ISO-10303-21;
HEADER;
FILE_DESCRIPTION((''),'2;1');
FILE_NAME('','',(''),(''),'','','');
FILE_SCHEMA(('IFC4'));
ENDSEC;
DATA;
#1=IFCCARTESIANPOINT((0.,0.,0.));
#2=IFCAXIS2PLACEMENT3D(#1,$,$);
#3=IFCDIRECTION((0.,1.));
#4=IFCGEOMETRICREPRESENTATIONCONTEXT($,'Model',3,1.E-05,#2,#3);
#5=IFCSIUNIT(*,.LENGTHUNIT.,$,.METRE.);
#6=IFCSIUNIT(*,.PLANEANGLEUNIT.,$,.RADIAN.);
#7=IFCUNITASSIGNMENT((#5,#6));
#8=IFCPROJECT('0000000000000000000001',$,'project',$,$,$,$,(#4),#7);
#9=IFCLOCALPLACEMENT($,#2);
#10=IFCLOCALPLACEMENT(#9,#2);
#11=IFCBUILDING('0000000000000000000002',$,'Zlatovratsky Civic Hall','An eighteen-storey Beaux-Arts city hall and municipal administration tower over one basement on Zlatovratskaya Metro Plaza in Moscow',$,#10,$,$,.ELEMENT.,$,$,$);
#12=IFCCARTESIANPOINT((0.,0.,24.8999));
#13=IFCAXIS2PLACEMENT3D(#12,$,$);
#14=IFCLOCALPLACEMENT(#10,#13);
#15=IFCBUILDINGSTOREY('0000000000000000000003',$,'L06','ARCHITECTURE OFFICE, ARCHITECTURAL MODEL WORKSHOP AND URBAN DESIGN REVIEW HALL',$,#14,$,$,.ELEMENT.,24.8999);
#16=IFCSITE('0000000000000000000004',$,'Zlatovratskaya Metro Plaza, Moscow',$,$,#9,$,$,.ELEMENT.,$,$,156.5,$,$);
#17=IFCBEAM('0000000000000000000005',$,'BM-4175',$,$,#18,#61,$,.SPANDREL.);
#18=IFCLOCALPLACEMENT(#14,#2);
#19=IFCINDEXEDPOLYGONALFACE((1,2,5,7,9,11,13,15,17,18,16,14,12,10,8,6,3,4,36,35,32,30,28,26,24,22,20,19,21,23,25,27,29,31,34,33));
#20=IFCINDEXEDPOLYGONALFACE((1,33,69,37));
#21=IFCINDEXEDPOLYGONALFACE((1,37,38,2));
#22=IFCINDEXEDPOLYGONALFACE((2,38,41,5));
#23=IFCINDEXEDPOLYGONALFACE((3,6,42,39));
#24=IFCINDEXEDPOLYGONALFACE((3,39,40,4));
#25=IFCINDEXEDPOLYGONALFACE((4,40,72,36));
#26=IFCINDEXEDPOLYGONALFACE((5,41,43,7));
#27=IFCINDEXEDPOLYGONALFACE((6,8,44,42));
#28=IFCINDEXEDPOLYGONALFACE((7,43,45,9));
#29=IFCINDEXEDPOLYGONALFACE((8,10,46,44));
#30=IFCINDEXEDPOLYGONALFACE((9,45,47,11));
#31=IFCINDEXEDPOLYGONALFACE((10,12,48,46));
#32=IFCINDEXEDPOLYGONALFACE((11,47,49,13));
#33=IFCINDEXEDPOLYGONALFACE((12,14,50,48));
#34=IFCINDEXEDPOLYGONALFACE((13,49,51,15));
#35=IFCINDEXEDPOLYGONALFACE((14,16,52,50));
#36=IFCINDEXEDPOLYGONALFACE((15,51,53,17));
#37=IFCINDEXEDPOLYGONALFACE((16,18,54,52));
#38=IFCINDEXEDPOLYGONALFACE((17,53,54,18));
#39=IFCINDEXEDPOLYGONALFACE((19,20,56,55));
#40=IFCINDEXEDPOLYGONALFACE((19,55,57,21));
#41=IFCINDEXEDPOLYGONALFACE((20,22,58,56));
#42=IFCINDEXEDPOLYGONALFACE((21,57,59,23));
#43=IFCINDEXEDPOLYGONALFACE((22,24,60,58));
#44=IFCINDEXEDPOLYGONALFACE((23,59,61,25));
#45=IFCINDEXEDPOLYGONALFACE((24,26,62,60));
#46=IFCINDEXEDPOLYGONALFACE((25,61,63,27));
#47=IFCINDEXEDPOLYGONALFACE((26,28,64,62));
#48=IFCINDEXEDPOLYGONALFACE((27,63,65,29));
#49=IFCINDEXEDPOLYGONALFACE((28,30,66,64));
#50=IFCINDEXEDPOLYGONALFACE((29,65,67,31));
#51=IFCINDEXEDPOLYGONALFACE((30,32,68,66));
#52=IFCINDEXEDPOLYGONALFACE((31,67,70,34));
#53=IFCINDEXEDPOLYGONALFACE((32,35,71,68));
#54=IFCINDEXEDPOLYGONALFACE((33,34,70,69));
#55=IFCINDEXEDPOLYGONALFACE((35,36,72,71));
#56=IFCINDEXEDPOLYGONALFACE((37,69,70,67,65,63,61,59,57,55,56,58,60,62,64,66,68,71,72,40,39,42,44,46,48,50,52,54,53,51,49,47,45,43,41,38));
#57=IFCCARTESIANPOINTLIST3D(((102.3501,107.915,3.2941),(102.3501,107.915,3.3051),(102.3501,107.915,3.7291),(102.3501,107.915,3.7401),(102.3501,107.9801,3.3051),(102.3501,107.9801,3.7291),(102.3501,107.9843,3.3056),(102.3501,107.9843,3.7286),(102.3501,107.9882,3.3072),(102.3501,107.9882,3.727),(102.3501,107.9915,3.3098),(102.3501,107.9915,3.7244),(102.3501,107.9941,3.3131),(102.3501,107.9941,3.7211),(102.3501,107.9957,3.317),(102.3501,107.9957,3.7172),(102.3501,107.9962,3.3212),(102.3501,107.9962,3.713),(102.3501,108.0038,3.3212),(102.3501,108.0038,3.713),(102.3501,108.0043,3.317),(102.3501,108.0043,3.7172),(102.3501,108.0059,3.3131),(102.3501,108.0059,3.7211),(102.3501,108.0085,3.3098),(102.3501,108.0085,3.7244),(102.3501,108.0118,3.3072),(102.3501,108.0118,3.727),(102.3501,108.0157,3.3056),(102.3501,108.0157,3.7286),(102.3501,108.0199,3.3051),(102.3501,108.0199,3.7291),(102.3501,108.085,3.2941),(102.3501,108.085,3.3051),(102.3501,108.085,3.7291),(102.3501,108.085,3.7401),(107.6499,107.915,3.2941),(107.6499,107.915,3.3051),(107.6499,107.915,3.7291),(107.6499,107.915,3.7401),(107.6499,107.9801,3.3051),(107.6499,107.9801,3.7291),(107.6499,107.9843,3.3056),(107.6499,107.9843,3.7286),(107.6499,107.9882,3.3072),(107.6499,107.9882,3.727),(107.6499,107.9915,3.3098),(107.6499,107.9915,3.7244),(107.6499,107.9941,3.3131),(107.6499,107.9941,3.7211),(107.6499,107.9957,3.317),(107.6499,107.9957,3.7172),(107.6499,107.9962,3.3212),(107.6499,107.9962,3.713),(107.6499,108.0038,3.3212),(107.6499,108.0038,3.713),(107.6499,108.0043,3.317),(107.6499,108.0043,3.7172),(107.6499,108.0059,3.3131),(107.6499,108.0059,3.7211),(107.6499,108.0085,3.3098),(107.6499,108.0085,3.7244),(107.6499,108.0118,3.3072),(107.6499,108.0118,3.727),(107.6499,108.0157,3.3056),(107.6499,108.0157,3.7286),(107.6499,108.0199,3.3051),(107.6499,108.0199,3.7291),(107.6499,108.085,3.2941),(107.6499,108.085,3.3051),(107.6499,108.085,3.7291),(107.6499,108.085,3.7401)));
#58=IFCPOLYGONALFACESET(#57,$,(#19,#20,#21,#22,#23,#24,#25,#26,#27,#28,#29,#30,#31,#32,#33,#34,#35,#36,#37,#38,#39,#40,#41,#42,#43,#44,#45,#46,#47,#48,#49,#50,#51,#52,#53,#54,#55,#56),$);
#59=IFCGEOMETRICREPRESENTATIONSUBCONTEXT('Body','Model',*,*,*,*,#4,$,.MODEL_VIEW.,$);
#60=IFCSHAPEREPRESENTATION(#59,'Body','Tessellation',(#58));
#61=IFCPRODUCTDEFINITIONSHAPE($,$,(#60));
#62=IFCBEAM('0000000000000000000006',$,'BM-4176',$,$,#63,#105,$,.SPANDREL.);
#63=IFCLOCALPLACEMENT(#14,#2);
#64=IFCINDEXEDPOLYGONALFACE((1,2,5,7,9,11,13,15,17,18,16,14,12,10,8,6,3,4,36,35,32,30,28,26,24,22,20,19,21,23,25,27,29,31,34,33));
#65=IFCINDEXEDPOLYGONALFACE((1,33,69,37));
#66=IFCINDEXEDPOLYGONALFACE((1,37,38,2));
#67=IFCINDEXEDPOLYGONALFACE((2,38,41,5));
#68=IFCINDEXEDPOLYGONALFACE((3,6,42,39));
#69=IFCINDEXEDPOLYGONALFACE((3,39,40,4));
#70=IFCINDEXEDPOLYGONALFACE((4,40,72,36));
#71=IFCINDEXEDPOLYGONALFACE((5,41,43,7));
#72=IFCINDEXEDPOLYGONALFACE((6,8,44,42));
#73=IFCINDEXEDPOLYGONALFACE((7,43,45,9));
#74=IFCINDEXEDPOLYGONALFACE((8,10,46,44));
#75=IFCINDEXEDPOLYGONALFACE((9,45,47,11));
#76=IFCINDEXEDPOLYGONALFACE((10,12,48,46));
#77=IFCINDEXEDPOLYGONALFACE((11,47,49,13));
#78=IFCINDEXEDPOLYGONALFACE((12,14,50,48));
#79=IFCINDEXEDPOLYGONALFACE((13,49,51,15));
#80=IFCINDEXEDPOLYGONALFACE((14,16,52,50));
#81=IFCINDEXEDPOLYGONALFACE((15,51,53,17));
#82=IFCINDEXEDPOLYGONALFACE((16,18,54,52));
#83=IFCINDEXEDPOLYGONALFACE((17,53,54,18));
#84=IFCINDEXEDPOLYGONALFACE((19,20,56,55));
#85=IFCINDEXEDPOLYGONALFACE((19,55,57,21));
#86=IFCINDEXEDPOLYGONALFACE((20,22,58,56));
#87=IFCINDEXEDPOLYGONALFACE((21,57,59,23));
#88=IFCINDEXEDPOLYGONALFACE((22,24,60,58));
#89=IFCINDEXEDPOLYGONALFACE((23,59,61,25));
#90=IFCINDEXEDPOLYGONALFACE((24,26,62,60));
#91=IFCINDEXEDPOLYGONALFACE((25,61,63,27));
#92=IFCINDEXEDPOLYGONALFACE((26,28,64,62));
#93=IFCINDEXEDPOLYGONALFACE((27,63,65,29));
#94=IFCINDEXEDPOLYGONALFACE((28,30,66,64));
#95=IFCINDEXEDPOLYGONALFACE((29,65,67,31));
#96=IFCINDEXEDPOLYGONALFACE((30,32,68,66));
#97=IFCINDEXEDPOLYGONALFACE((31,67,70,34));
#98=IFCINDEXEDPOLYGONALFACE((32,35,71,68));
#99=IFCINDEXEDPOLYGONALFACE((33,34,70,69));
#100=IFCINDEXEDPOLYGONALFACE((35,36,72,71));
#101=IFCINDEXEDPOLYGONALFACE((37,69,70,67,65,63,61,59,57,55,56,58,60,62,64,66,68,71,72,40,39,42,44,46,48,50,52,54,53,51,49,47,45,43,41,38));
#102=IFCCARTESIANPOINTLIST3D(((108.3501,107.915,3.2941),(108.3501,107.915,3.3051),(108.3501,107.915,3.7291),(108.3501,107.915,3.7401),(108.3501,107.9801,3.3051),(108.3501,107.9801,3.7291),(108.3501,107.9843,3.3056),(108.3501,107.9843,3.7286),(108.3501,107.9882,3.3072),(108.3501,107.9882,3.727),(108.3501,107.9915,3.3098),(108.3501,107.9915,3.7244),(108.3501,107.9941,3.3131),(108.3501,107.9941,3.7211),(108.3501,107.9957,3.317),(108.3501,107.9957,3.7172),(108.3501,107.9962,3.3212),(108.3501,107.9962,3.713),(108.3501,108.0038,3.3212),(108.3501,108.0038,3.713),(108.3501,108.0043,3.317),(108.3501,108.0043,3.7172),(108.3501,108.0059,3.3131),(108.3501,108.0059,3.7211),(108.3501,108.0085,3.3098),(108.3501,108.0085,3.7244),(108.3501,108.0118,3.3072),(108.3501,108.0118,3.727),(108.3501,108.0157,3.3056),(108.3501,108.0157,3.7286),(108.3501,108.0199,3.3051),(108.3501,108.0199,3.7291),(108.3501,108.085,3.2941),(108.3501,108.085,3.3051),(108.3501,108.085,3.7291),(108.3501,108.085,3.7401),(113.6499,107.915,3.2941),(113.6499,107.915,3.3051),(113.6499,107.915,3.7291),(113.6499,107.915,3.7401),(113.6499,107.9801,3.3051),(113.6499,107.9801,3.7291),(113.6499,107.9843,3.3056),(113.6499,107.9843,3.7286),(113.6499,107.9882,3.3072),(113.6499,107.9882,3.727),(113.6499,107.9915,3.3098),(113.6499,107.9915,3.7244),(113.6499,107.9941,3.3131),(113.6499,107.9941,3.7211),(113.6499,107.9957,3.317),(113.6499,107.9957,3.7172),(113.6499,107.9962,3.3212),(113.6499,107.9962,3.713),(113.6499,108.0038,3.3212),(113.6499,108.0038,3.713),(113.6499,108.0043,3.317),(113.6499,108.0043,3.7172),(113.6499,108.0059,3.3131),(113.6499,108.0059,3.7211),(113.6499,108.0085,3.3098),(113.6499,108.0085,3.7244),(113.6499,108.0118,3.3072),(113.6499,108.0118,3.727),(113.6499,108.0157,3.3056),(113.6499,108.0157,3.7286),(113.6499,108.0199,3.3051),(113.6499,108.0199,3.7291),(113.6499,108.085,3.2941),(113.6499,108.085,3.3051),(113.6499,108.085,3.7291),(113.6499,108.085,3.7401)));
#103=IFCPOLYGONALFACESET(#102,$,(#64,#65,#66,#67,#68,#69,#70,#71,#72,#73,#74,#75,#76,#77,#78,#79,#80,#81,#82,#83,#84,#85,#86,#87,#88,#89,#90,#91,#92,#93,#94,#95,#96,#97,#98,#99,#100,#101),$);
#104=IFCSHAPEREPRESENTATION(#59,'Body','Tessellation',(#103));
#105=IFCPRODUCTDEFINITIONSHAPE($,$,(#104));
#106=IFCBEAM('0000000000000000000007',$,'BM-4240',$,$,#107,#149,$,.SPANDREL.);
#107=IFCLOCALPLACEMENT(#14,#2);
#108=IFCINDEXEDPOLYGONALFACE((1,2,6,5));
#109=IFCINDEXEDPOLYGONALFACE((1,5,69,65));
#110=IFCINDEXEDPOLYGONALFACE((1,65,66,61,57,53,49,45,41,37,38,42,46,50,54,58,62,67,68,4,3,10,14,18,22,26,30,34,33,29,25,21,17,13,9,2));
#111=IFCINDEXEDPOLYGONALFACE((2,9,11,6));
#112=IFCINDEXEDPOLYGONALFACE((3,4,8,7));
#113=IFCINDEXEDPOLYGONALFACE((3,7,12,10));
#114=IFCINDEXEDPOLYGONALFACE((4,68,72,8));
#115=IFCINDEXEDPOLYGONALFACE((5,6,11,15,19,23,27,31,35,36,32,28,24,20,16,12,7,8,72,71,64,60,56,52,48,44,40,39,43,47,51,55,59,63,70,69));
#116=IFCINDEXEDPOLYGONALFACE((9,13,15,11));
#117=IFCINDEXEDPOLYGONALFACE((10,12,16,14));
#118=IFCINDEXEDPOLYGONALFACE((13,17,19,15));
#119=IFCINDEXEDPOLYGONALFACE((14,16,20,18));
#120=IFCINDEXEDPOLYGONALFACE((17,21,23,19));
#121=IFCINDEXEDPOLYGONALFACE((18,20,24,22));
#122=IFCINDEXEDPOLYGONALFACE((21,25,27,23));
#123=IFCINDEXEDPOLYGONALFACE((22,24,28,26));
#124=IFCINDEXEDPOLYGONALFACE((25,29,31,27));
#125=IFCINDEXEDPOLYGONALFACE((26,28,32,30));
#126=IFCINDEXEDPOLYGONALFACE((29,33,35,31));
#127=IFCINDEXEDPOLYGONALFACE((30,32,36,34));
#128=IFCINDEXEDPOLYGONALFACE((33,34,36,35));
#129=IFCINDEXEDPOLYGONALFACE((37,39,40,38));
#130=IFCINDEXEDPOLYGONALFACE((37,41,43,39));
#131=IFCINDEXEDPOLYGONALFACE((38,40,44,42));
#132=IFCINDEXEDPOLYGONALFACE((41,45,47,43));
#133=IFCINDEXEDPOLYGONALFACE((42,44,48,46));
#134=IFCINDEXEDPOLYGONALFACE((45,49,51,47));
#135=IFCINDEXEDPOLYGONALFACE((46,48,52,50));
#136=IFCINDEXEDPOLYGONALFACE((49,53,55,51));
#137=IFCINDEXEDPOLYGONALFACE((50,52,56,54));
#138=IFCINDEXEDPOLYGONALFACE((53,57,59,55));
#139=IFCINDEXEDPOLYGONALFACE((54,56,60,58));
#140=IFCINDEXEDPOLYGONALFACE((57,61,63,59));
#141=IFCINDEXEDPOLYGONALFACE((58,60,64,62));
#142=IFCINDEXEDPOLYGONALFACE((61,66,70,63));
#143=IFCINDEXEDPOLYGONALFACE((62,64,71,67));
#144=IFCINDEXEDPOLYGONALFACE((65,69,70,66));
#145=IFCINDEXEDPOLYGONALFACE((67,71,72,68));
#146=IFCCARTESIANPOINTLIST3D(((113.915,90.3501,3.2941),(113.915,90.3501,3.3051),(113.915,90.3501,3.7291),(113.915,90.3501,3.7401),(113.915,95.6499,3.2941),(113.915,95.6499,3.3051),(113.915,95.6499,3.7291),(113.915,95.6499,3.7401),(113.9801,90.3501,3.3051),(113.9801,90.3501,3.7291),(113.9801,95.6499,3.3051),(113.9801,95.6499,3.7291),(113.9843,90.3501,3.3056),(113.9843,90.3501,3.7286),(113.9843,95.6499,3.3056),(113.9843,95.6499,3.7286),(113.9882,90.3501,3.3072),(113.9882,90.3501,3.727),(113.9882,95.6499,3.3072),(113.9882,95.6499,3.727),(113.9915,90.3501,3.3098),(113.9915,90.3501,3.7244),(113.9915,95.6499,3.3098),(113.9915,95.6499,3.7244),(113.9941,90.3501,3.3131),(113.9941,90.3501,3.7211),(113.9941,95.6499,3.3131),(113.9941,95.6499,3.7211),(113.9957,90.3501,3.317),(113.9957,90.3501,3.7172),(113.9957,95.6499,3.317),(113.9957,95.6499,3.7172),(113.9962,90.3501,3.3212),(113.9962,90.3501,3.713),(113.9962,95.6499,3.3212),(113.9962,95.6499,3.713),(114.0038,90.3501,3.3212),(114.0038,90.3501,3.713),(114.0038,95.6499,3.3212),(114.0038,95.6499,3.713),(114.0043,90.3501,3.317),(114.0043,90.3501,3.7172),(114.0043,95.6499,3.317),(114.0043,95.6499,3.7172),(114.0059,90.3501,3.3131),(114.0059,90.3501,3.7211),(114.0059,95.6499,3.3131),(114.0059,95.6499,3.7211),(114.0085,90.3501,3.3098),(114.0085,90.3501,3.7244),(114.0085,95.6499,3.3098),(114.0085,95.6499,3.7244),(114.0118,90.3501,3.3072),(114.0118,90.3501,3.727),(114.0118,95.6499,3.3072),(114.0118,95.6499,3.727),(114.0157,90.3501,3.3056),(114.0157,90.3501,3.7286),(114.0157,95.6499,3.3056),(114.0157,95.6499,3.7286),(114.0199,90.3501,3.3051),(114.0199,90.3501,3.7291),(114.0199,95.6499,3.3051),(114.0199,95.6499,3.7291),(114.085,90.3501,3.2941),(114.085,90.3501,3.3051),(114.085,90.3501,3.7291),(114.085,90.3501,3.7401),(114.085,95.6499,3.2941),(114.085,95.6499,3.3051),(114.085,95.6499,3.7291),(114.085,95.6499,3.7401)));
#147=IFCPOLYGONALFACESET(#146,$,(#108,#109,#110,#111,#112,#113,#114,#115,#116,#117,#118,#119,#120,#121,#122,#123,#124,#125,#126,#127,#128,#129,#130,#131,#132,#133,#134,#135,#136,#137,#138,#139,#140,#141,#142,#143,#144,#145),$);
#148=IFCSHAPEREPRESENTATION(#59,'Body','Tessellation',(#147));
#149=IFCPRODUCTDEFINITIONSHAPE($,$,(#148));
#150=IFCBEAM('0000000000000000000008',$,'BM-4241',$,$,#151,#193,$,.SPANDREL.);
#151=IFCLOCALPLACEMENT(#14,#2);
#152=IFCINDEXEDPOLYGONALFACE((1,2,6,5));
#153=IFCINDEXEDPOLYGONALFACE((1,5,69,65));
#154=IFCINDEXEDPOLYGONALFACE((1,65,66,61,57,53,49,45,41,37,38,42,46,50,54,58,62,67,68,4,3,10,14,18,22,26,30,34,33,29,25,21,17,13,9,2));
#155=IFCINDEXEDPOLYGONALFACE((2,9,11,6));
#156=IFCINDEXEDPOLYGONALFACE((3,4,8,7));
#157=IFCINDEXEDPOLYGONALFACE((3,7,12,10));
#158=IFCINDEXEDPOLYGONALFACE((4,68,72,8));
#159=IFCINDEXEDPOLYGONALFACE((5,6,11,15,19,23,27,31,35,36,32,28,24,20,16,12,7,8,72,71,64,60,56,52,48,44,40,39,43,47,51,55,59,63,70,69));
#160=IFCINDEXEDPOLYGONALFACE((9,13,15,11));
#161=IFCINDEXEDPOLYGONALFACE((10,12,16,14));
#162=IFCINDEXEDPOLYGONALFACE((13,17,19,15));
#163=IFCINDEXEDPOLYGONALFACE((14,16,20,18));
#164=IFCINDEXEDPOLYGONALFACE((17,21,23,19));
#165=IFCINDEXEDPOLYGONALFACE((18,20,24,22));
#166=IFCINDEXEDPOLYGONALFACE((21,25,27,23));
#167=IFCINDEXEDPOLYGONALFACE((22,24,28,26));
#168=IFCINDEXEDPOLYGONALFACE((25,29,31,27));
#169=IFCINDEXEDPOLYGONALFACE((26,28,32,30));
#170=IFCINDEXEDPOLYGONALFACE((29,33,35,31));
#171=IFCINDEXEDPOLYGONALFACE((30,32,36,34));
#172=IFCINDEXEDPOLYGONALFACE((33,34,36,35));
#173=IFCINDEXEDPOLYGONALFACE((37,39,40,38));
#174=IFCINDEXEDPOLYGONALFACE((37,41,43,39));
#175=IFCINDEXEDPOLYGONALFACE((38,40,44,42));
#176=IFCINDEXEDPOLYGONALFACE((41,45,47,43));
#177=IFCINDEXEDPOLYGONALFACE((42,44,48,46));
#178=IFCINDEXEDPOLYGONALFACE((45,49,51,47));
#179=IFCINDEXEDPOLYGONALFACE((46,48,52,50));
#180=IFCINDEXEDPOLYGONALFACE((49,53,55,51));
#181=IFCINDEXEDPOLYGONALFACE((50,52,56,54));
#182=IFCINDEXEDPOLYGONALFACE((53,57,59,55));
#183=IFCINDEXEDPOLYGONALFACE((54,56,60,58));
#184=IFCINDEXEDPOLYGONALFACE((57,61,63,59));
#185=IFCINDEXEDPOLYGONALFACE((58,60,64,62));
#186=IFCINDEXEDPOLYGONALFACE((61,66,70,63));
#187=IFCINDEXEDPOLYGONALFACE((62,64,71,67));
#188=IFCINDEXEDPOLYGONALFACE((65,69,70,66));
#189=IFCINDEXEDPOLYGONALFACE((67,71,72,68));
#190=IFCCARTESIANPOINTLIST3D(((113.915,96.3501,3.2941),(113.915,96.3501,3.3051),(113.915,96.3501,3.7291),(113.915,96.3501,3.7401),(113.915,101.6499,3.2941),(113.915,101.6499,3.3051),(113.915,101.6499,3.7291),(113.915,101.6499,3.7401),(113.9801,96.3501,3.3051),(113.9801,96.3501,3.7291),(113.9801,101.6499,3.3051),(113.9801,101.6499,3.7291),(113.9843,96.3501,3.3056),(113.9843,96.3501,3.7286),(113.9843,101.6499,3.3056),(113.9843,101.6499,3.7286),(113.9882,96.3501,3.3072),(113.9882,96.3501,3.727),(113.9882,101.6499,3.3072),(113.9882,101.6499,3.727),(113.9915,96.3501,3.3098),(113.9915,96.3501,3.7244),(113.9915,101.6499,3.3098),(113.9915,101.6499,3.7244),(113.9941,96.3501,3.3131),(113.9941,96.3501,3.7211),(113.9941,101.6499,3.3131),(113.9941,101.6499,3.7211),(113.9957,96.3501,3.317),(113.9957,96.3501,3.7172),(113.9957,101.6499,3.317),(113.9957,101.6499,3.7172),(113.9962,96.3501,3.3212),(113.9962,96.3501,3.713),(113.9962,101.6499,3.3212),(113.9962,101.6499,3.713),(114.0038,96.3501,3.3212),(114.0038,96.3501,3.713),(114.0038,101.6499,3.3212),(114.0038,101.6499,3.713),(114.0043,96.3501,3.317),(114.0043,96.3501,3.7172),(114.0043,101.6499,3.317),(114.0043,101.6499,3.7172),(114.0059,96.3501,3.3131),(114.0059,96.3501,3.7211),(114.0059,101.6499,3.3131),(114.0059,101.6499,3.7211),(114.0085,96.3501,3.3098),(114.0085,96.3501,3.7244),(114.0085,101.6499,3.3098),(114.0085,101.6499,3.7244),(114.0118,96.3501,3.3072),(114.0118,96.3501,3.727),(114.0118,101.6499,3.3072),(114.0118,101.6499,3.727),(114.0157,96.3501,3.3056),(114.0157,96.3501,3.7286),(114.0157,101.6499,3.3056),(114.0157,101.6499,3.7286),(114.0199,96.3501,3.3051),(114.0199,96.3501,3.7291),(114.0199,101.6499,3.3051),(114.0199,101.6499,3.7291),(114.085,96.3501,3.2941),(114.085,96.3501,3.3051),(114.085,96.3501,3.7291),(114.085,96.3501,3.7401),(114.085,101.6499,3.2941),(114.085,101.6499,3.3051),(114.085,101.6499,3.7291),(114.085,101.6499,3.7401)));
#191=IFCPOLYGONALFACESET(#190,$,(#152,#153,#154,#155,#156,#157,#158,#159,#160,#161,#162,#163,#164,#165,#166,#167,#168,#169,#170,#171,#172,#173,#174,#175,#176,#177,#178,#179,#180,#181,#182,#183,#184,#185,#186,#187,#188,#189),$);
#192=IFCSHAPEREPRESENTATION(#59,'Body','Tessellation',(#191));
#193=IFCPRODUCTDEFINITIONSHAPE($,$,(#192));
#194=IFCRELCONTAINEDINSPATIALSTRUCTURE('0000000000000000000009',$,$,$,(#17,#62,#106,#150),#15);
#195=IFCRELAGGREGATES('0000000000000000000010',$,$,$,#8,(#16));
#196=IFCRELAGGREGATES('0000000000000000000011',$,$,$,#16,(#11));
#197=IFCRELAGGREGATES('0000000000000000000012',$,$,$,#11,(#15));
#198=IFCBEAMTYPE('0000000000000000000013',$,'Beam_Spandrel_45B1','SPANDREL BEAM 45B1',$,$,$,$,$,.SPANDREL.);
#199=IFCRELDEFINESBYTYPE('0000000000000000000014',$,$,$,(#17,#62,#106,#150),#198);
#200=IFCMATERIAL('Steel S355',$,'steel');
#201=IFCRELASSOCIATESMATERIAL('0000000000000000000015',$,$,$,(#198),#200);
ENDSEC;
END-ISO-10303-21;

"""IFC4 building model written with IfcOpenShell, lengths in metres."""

from ifc_helpers import new_model, si_unit, direction, frame, origin, origin_2d, place, context, subcontext, project, spatial, i_section, extrude, material, material_profile, profile_set, type_object, element, save


model = new_model("IFC4")

# Units and contexts
model_context = context("Model", 3, precision=1e-05, world=origin(), true_north=direction((0.0, 1.0)))
body_context = subcontext(model_context, "Body", "Model", "MODEL_VIEW")
ifc_project = project(units=[si_unit("LENGTHUNIT", "METRE"), si_unit("PLANEANGLEUNIT", "RADIAN")], contexts=[model_context])

# Site, building, storey
site_placement = place(None, origin())
site = spatial("IfcSite", under=ifc_project, at=site_placement, Name="Zlatovratskaya Metro Plaza, Moscow", CompositionType="ELEMENT", RefElevation=156.5)
building_placement = place(site_placement, origin())
building = spatial("IfcBuilding", under=site, at=building_placement, Name="Zlatovratsky Civic Hall", Description="An eighteen-storey Beaux-Arts city hall and municipal administration tower over one basement on Zlatovratskaya Metro Plaza in Moscow", CompositionType="ELEMENT")
storey_placement = place(building_placement, frame((0.0, 0.0, 24.8999)))
storey = spatial("IfcBuildingStorey", under=building, at=storey_placement, Name="L06", Description="ARCHITECTURE OFFICE, ARCHITECTURAL MODEL WORKSHOP AND URBAN DESIGN REVIEW HALL", CompositionType="ELEMENT", Elevation=24.8999)

# Shared definitions
ifc_material_1 = material(Name="Steel S355", Category="steel")

# Beams
ifc_material_profile_1 = material_profile(ifc_material_1, i_section(OverallWidth=0.1699, OverallDepth=0.446, WebThickness=0.0076, FlangeThickness=0.011, FilletRadius=0.0161, at=origin_2d()), Name="45B1")
ifc_profile_set_1 = profile_set([ifc_material_profile_1], Name="Steel S355")
beam_type_1 = type_object("IfcBeamType", Name="Beam_Spandrel_45B1", Description="SPANDREL BEAM 45B1", PredefinedType="SPANDREL", material=ifc_profile_set_1)
for number, where, z_axis, x_axis, name in (
    (1, (102.3501, 108.0, 3.5171), (1.0, 0.0, 0.0), (0.0, 1.0, 0.0), "BM-4175"),
    (2, (108.3501, 108.0, 3.5171), (1.0, 0.0, 0.0), (0.0, 1.0, 0.0), "BM-4176"),
    (3, (114.0, 90.3501, 3.5171), (0.0, 1.0, 0.0), (-1.0, 0.0, 0.0), "BM-4240"),
    (4, (114.0, 96.3501, 3.5171), (0.0, 1.0, 0.0), (-1.0, 0.0, 0.0), "BM-4241"),
):
    element("IfcBeam", number, at=place(storey_placement, frame(where, z_axis=z_axis, x_axis=x_axis)), inside=storey, type_object=beam_type_1, Name=name, PredefinedType="SPANDREL", context=body_context, shape_type="SweptSolid", body=[
        extrude(i_section(OverallWidth=0.1699, OverallDepth=0.446, WebThickness=0.0076, FlangeThickness=0.011, FilletRadius=0.0161, at=origin_2d()), origin(), (0.0, 0.0, 1.0), 5.2998),
    ])

save(model, "model.ifc")
